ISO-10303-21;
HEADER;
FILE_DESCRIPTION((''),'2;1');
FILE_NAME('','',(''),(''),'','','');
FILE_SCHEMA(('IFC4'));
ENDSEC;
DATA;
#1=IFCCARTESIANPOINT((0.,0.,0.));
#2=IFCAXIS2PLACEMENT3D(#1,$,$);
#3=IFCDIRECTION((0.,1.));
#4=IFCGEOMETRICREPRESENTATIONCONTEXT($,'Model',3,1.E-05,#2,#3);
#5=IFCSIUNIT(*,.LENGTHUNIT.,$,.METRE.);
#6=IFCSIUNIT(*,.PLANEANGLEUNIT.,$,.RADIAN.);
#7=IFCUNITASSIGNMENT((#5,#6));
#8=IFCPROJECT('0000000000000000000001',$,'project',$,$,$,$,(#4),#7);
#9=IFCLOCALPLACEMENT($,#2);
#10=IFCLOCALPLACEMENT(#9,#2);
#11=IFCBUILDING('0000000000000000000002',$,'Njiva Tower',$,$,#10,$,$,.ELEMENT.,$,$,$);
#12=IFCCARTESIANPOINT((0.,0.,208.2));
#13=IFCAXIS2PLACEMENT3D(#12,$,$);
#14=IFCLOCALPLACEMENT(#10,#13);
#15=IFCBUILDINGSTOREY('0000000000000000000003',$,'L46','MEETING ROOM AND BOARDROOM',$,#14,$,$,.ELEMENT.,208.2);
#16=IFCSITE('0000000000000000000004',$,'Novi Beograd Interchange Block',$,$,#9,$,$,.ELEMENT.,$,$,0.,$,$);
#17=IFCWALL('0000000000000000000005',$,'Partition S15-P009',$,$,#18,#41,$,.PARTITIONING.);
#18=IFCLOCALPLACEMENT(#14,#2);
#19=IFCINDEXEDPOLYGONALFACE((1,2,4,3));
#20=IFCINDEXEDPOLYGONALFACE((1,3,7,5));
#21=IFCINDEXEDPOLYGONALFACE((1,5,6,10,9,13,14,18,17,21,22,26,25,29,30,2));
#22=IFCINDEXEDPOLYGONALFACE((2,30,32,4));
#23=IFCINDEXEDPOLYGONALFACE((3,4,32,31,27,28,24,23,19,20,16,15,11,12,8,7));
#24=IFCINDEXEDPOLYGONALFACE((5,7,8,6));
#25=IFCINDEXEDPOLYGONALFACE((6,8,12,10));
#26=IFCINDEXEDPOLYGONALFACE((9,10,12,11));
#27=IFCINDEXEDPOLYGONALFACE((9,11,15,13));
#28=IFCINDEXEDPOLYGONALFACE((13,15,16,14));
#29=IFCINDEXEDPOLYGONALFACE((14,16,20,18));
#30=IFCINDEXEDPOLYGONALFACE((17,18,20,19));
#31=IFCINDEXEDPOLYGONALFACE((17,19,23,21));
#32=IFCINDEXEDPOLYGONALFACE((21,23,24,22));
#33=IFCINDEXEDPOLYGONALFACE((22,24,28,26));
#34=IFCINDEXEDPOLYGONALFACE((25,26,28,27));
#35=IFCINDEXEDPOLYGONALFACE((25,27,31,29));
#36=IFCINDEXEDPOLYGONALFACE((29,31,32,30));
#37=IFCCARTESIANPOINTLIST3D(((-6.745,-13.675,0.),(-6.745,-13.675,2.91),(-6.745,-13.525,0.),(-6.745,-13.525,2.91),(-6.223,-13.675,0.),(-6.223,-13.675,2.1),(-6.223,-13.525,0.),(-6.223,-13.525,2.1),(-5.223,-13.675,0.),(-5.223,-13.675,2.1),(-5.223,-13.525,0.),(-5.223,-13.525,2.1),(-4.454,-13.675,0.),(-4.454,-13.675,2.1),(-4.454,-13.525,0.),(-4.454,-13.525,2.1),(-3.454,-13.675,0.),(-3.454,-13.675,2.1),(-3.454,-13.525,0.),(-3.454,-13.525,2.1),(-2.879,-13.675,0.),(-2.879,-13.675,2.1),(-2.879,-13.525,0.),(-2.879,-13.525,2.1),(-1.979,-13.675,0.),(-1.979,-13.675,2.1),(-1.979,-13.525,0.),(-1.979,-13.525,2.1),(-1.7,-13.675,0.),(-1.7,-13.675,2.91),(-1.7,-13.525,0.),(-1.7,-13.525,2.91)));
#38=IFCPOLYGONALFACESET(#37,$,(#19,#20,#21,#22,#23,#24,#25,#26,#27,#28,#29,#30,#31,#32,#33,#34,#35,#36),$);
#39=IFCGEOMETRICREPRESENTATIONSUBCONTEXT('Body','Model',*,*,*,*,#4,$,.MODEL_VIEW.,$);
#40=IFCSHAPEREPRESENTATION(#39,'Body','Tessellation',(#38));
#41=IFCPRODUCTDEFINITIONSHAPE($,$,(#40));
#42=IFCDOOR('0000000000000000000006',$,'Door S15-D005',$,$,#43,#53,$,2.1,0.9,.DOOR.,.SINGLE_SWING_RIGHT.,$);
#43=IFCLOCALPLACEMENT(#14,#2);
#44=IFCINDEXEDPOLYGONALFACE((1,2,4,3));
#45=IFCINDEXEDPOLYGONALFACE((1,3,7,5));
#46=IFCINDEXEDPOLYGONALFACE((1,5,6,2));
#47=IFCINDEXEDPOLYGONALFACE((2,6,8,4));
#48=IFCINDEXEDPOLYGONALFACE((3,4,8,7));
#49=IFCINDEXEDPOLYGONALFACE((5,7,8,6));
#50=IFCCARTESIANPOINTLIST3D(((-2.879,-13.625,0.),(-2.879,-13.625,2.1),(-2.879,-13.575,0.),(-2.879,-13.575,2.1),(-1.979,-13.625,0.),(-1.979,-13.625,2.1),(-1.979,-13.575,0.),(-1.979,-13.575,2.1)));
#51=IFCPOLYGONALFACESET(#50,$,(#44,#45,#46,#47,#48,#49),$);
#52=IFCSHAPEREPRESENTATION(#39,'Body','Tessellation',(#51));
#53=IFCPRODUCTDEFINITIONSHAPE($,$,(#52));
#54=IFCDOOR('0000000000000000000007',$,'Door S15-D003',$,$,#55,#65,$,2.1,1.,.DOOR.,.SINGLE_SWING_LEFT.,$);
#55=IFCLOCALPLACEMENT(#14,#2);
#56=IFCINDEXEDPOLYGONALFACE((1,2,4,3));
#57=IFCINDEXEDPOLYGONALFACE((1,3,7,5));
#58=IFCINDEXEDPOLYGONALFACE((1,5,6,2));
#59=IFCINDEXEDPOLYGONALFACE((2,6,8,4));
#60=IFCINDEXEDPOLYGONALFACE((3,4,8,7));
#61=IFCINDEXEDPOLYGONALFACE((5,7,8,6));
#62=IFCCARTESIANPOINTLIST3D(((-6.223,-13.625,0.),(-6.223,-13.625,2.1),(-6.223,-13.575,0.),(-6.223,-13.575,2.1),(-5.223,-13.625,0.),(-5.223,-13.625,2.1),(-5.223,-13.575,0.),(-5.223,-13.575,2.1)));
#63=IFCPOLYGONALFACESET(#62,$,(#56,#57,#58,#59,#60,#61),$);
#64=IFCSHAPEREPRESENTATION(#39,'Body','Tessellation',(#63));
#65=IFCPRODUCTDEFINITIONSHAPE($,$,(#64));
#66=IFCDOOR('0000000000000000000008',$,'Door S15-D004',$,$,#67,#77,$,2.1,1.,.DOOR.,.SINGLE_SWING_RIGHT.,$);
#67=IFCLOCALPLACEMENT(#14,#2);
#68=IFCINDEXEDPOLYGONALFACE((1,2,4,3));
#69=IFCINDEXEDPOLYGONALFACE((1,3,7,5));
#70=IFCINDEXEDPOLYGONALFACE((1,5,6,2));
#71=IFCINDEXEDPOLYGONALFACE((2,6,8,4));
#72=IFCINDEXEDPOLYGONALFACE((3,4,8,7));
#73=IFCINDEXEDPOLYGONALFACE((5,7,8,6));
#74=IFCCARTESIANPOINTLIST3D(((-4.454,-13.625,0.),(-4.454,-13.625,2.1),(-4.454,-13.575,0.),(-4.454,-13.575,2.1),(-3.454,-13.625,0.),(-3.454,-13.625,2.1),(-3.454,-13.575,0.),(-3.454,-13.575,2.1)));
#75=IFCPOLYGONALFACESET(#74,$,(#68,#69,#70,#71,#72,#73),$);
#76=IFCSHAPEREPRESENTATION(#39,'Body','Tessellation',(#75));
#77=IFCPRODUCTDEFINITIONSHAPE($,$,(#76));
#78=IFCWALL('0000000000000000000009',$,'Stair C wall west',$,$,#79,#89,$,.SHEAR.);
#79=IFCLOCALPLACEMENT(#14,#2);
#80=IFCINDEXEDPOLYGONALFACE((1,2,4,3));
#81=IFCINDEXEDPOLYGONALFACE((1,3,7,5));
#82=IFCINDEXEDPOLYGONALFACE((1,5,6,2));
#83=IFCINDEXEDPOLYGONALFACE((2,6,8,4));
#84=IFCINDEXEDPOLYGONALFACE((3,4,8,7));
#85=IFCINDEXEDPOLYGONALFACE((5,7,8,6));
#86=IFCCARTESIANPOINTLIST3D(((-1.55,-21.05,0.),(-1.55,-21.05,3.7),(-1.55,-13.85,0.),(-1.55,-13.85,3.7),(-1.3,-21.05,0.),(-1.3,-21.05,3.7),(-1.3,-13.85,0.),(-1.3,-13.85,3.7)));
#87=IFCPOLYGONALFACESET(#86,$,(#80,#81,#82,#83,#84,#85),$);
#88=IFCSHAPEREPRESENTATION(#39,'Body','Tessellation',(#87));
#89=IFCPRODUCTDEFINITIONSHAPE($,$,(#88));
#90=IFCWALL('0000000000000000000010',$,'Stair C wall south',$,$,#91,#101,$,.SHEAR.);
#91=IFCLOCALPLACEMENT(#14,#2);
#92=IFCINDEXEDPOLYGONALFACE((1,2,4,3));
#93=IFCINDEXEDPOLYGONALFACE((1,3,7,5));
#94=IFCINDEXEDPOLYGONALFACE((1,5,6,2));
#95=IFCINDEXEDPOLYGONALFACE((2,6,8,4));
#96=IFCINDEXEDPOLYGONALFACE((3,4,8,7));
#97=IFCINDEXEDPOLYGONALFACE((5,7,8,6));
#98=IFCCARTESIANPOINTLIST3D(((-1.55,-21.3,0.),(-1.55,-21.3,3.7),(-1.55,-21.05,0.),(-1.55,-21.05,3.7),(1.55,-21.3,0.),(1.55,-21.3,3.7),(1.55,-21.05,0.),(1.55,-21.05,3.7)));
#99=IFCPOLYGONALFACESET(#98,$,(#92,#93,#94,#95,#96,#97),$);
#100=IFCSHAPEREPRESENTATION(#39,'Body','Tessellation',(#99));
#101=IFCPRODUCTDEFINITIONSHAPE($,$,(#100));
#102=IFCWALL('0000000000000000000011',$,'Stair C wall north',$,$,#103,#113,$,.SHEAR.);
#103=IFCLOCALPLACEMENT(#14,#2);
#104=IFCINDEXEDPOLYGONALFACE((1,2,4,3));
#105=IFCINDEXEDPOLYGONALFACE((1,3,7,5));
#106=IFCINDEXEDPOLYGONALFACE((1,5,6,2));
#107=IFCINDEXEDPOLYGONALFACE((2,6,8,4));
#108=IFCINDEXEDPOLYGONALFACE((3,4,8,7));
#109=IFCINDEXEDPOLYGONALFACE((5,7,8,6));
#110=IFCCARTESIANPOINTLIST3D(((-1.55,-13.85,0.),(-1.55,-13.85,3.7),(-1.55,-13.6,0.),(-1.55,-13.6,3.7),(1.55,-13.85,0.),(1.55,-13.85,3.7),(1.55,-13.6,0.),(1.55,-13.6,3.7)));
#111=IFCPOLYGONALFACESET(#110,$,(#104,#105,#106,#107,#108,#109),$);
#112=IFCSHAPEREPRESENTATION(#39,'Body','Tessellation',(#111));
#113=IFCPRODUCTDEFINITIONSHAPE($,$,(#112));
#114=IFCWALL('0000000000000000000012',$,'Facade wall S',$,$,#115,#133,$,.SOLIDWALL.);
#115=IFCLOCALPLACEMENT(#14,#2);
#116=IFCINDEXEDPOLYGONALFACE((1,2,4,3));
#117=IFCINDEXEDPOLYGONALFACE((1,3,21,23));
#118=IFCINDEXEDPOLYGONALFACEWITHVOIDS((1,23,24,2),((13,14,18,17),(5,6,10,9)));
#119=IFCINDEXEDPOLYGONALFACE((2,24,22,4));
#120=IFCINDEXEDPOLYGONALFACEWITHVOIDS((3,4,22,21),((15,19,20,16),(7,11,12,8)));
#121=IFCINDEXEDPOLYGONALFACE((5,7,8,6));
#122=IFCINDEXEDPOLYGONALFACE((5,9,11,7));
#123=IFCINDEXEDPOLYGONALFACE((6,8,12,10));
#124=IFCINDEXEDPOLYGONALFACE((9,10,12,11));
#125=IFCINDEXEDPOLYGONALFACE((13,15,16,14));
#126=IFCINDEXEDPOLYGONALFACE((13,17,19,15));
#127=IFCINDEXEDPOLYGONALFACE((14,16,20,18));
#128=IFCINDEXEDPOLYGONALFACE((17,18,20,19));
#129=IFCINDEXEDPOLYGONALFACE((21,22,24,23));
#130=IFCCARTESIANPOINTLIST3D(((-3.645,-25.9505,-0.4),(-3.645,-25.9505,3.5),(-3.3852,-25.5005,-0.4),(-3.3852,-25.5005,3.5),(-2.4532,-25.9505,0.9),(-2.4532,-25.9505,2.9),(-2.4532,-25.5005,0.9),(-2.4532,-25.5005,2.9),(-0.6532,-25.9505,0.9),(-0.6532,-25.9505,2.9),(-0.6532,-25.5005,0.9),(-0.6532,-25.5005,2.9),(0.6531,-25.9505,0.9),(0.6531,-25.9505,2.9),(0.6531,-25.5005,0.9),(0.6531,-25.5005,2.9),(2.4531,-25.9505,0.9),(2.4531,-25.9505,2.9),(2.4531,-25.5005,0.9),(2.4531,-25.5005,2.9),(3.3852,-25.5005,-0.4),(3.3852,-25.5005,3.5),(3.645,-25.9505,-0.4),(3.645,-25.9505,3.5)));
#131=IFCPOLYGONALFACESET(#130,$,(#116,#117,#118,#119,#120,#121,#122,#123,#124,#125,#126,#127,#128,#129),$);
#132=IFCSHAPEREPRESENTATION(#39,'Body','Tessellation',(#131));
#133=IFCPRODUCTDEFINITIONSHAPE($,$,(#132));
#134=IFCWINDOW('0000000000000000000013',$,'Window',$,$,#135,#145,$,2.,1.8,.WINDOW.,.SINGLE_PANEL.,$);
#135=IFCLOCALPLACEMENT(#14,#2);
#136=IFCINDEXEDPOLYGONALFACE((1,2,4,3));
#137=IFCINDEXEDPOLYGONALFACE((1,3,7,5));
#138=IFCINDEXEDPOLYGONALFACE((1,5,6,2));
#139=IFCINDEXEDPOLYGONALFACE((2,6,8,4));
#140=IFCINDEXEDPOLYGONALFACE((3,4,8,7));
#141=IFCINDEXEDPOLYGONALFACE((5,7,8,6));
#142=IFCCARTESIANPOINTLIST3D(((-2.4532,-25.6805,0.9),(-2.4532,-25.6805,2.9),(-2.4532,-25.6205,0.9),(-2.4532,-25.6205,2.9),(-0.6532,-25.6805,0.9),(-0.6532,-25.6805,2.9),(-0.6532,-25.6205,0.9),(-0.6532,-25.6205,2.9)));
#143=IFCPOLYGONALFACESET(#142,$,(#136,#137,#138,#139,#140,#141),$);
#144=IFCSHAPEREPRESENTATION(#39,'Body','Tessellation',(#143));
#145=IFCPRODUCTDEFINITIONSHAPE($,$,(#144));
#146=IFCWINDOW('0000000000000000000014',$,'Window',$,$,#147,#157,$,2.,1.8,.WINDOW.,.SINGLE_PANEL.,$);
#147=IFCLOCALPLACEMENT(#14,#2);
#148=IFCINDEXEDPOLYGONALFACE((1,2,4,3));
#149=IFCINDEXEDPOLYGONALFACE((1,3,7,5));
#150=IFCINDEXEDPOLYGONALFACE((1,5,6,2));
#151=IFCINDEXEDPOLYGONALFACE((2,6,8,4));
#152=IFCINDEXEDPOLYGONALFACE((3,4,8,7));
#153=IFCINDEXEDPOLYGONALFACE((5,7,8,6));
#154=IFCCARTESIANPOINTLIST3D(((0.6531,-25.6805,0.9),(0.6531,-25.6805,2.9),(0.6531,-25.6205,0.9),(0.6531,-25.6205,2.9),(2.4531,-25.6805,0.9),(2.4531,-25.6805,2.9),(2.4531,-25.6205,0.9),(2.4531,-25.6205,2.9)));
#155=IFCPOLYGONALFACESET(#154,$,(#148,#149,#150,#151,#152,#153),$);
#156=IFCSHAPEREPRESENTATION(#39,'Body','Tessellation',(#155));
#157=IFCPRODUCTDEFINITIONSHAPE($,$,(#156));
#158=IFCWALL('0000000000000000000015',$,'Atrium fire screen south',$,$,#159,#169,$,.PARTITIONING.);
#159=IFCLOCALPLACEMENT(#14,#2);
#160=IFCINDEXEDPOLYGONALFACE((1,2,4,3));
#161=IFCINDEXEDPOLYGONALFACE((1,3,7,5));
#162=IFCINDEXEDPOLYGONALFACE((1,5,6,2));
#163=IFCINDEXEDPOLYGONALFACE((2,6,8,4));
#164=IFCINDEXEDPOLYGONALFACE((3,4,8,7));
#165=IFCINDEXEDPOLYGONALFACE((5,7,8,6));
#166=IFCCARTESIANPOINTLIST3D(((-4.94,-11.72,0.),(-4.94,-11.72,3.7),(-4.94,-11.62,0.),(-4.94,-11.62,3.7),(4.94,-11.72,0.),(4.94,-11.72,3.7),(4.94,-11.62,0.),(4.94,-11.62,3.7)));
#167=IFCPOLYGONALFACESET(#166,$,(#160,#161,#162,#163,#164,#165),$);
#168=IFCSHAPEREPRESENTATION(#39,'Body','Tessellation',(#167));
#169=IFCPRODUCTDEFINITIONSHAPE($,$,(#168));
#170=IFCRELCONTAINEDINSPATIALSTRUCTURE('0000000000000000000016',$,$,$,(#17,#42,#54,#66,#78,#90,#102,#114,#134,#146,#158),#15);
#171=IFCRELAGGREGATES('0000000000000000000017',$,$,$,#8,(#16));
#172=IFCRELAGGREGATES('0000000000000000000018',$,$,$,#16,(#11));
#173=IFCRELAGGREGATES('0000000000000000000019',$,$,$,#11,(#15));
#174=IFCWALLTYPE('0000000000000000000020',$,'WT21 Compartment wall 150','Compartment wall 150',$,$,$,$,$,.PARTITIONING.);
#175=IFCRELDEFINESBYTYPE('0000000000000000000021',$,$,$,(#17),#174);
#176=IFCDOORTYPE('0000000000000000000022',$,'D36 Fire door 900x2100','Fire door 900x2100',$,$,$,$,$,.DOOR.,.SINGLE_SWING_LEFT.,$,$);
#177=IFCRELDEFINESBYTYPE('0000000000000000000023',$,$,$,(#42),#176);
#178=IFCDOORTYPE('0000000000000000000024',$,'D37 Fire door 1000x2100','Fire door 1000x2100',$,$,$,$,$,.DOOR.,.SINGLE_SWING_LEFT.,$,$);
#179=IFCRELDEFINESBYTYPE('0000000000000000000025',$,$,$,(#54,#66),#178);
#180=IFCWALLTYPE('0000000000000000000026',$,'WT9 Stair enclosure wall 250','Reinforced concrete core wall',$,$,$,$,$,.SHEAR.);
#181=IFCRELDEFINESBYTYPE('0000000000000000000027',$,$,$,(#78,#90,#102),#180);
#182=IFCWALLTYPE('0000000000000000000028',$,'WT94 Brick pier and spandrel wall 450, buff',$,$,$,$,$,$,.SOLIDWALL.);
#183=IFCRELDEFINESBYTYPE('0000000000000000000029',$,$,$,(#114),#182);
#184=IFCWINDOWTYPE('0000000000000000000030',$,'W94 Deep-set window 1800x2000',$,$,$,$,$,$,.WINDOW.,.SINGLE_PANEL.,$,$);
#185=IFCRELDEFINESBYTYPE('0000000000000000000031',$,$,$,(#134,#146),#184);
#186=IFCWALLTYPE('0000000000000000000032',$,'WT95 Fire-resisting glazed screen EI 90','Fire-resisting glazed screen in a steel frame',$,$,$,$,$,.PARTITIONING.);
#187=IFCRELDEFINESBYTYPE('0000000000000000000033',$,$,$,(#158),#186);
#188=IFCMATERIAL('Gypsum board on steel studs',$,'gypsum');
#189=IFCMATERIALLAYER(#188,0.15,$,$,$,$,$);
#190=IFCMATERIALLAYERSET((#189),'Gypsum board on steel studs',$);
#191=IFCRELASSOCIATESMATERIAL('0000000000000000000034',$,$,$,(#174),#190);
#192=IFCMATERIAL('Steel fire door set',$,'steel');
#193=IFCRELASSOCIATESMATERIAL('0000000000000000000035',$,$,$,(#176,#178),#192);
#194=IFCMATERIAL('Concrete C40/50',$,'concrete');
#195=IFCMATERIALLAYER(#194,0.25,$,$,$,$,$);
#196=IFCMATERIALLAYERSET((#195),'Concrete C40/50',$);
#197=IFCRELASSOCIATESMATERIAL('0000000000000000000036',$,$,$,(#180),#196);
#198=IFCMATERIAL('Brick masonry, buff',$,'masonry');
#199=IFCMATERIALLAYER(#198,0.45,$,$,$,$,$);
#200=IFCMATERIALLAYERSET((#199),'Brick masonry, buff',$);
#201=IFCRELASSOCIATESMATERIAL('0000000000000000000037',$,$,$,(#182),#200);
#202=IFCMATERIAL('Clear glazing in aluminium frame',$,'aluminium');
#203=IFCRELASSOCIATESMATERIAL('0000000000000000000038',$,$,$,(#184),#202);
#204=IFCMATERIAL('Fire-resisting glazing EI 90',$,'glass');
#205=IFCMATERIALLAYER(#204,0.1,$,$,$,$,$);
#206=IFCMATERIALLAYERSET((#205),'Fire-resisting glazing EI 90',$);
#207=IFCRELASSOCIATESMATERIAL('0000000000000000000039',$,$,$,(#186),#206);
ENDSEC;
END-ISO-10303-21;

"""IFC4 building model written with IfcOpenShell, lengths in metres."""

from ifc_helpers import new_model, si_unit, direction, frame, frame_2d, origin, place, context, subcontext, project, spatial, polyline, rectangle, outline, extrude, material, layer, layer_set, type_object, element, fill, save


model = new_model("IFC4")

# Units and contexts
model_context = context("Model", 3, precision=1e-05, world=origin(), true_north=direction((0.0, 1.0)))
body_context = subcontext(model_context, "Body", "Model", "MODEL_VIEW")
ifc_project = project(units=[si_unit("LENGTHUNIT", "METRE"), si_unit("PLANEANGLEUNIT", "RADIAN")], contexts=[model_context])

# Site, building, storey
site_placement = place(None, origin())
site = spatial("IfcSite", under=ifc_project, at=site_placement, Name="Novi Beograd Interchange Block", CompositionType="ELEMENT", RefElevation=0.0)
building_placement = place(site_placement, origin())
building = spatial("IfcBuilding", under=site, at=building_placement, Name="Njiva Tower", CompositionType="ELEMENT")
storey_placement = place(building_placement, frame((0.0, 0.0, 208.2)))
storey = spatial("IfcBuildingStorey", under=building, at=storey_placement, Name="L46", Description="MEETING ROOM AND BOARDROOM", CompositionType="ELEMENT", Elevation=208.2)

# Shared definitions
ifc_material_1 = material(Name="Gypsum board on steel studs", Category="gypsum")
ifc_layer_1 = layer(ifc_material_1, 0.15)
ifc_layer_set_1 = layer_set([ifc_layer_1], Name="Gypsum board on steel studs")
wall_type_1 = type_object("IfcWallType", Name="WT21 Compartment wall 150", Description="Compartment wall 150", PredefinedType="PARTITIONING", material=ifc_layer_set_1)

# Wall, openings, doors
wall_1_placement = place(storey_placement, frame((-6.745, -13.6, 0.0), z_axis=(0.0, 0.0, 1.0), x_axis=(1.0, 0.0, 0.0)))
wall_1 = element("IfcWall", 1, at=wall_1_placement, inside=storey, type_object=wall_type_1, Name="Partition S15-P009", PredefinedType="PARTITIONING", context=body_context, shape_type="SweptSolid", body=[
    extrude(rectangle(XDim=5.045, YDim=0.15, at=frame_2d((2.5225, 0.0))), origin(), (0.0, 0.0, 1.0), 2.91),
])
opening_1_placement = place(wall_1_placement, frame((0.522, 0.0, 0.0)))
opening_1 = element("IfcOpeningElement", 2, at=opening_1_placement, cuts=wall_1, PredefinedType="OPENING", context=body_context, shape_type="SweptSolid", body=[
    extrude(rectangle(XDim=1.0, YDim=2.1, at=frame_2d((0.5, 1.05))), frame((0.0, 0.085, 0.0), z_axis=(0.0, -1.0, 0.0), x_axis=(1.0, 0.0, 0.0)), (0.0, 0.0, 1.0), 0.17),
])
opening_2_placement = place(wall_1_placement, frame((2.291, 0.0, 0.0)))
opening_2 = element("IfcOpeningElement", 3, at=opening_2_placement, cuts=wall_1, PredefinedType="OPENING", context=body_context, shape_type="SweptSolid", body=[
    extrude(rectangle(XDim=1.0, YDim=2.1, at=frame_2d((0.5, 1.05))), frame((0.0, 0.085, 0.0), z_axis=(0.0, -1.0, 0.0), x_axis=(1.0, 0.0, 0.0)), (0.0, 0.0, 1.0), 0.17),
])
opening_3_placement = place(wall_1_placement, frame((3.866, 0.0, 0.0)))
opening_3 = element("IfcOpeningElement", 4, at=opening_3_placement, cuts=wall_1, PredefinedType="OPENING", context=body_context, shape_type="SweptSolid", body=[
    extrude(rectangle(XDim=0.9, YDim=2.1, at=frame_2d((0.45, 1.05))), frame((0.0, 0.085, 0.0), z_axis=(0.0, -1.0, 0.0), x_axis=(1.0, 0.0, 0.0)), (0.0, 0.0, 1.0), 0.17),
])
ifc_material_2 = material(Name="Steel fire door set", Category="steel")
door_type_1 = type_object("IfcDoorType", Name="D36 Fire door 900x2100", Description="Fire door 900x2100", OperationType="SINGLE_SWING_LEFT", PredefinedType="DOOR", material=ifc_material_2)
door_1_placement = place(opening_3_placement, origin())
door_1 = element("IfcDoor", 5, at=door_1_placement, inside=storey, type_object=door_type_1, Name="Door S15-D005", OperationType="SINGLE_SWING_RIGHT", OverallHeight=2.1, OverallWidth=0.9, PredefinedType="DOOR", context=body_context, shape_type="SweptSolid", body=[
    extrude(rectangle(XDim=0.9, YDim=2.1, at=frame_2d((0.45, 1.05))), frame((0.0, 0.025, 0.0), z_axis=(0.0, -1.0, 0.0), x_axis=(1.0, 0.0, 0.0)), (0.0, 0.0, 1.0), 0.05),
])
fill(opening_3, door_1)
door_type_2 = type_object("IfcDoorType", Name="D37 Fire door 1000x2100", Description="Fire door 1000x2100", OperationType="SINGLE_SWING_LEFT", PredefinedType="DOOR", material=ifc_material_2)
door_2_placement = place(opening_1_placement, origin())
door_2 = element("IfcDoor", 6, at=door_2_placement, inside=storey, type_object=door_type_2, Name="Door S15-D003", OperationType="SINGLE_SWING_LEFT", OverallHeight=2.1, OverallWidth=1.0, PredefinedType="DOOR", context=body_context, shape_type="SweptSolid", body=[
    extrude(rectangle(XDim=1.0, YDim=2.1, at=frame_2d((0.5, 1.05))), frame((0.0, 0.025, 0.0), z_axis=(0.0, -1.0, 0.0), x_axis=(1.0, 0.0, 0.0)), (0.0, 0.0, 1.0), 0.05),
])
fill(opening_1, door_2)
door_3_placement = place(opening_2_placement, origin())
door_3 = element("IfcDoor", 7, at=door_3_placement, inside=storey, type_object=door_type_2, Name="Door S15-D004", OperationType="SINGLE_SWING_RIGHT", OverallHeight=2.1, OverallWidth=1.0, PredefinedType="DOOR", context=body_context, shape_type="SweptSolid", body=[
    extrude(rectangle(XDim=1.0, YDim=2.1, at=frame_2d((0.5, 1.05))), frame((0.0, 0.025, 0.0), z_axis=(0.0, -1.0, 0.0), x_axis=(1.0, 0.0, 0.0)), (0.0, 0.0, 1.0), 0.05),
])
fill(opening_2, door_3)

# Walls
ifc_material_3 = material(Name="Concrete C40/50", Category="concrete")
ifc_layer_2 = layer(ifc_material_3, 0.25)
ifc_layer_set_2 = layer_set([ifc_layer_2], Name="Concrete C40/50")
wall_type_2 = type_object("IfcWallType", Name="WT9 Stair enclosure wall 250", Description="Reinforced concrete core wall", PredefinedType="SHEAR", material=ifc_layer_set_2)
wall_2_placement = place(storey_placement, frame((-1.425, -21.05, 0.0), z_axis=(0.0, 0.0, 1.0), x_axis=(0.0, 1.0, 0.0)))
element("IfcWall", 8, at=wall_2_placement, inside=storey, type_object=wall_type_2, Name="Stair C wall west", PredefinedType="SHEAR", context=body_context, shape_type="SweptSolid", body=[
    extrude(rectangle(XDim=7.2, YDim=0.25, at=frame_2d((3.6, 0.0))), origin(), (0.0, 0.0, 1.0), 3.7),
])
for number, where, z_axis, x_axis, name in (
    (9, (-1.55, -21.175, 0.0), (0.0, 0.0, 1.0), (1.0, 0.0, 0.0), "Stair C wall south"),
    (10, (-1.55, -13.725, 0.0), (0.0, 0.0, 1.0), (1.0, 0.0, 0.0), "Stair C wall north"),
):
    element("IfcWall", number, at=place(storey_placement, frame(where, z_axis=z_axis, x_axis=x_axis)), inside=storey, type_object=wall_type_2, Name=name, PredefinedType="SHEAR", context=body_context, shape_type="SweptSolid", body=[
        extrude(rectangle(XDim=3.1, YDim=0.25, at=frame_2d((1.55, 0.0))), origin(), (0.0, 0.0, 1.0), 3.7),
    ])

# Wall, openings, windows
ifc_material_4 = material(Name="Brick masonry, buff", Category="masonry")
ifc_layer_3 = layer(ifc_material_4, 0.45)
ifc_layer_set_3 = layer_set([ifc_layer_3], Name="Brick masonry, buff")
wall_type_3 = type_object("IfcWallType", Name="WT94 Brick pier and spandrel wall 450, buff", PredefinedType="SOLIDWALL", material=ifc_layer_set_3)
wall_3_placement = place(storey_placement, frame((-3.5151, -25.7255, -0.4), z_axis=(0.0, 0.0, 1.0), x_axis=(1.0, 0.0, 0.0)))
wall_3 = element("IfcWall", 11, at=wall_3_placement, inside=storey, type_object=wall_type_3, Name="Facade wall S", PredefinedType="SOLIDWALL", context=body_context, shape_type="SweptSolid", body=[
    extrude(outline(polyline([(-0.1299, -0.225), (7.1601, -0.225), (6.9003, 0.225), (0.1299, 0.225), (-0.1299, -0.225)])), origin(), (0.0, 0.0, 1.0), 3.9),
])
opening_4_placement = place(wall_3_placement, frame((1.0619, 0.0, 1.3)))
opening_4 = element("IfcOpeningElement", 12, at=opening_4_placement, cuts=wall_3, PredefinedType="OPENING", context=body_context, shape_type="SweptSolid", body=[
    extrude(rectangle(XDim=1.8, YDim=2.0, at=frame_2d((0.9, 1.0))), frame((0.0, 0.235, 0.0), z_axis=(0.0, -1.0, 0.0), x_axis=(1.0, 0.0, 0.0)), (0.0, 0.0, 1.0), 0.47),
])
opening_5_placement = place(wall_3_placement, frame((4.1682, 0.0, 1.3)))
opening_5 = element("IfcOpeningElement", 13, at=opening_5_placement, cuts=wall_3, PredefinedType="OPENING", context=body_context, shape_type="SweptSolid", body=[
    extrude(rectangle(XDim=1.8, YDim=2.0, at=frame_2d((0.9, 1.0))), frame((0.0, 0.235, 0.0), z_axis=(0.0, -1.0, 0.0), x_axis=(1.0, 0.0, 0.0)), (0.0, 0.0, 1.0), 0.47),
])
ifc_material_5 = material(Name="Clear glazing in aluminium frame", Category="aluminium")
window_type = type_object("IfcWindowType", Name="W94 Deep-set window 1800x2000", PartitioningType="SINGLE_PANEL", PredefinedType="WINDOW", material=ifc_material_5)
window_1_placement = place(opening_4_placement, origin())
window_1 = element("IfcWindow", 14, at=window_1_placement, inside=storey, type_object=window_type, Name="Window", OverallHeight=2.0, OverallWidth=1.8, PartitioningType="SINGLE_PANEL", PredefinedType="WINDOW", context=body_context, shape_type="SweptSolid", body=[
    extrude(rectangle(XDim=1.8, YDim=2.0, at=frame_2d((0.9, 1.0))), frame((0.0, 0.105, 0.0), z_axis=(0.0, -1.0, 0.0), x_axis=(1.0, 0.0, 0.0)), (0.0, 0.0, 1.0), 0.06),
])
fill(opening_4, window_1)
window_2_placement = place(opening_5_placement, origin())
window_2 = element("IfcWindow", 15, at=window_2_placement, inside=storey, type_object=window_type, Name="Window", OverallHeight=2.0, OverallWidth=1.8, PartitioningType="SINGLE_PANEL", PredefinedType="WINDOW", context=body_context, shape_type="SweptSolid", body=[
    extrude(rectangle(XDim=1.8, YDim=2.0, at=frame_2d((0.9, 1.0))), frame((0.0, 0.105, 0.0), z_axis=(0.0, -1.0, 0.0), x_axis=(1.0, 0.0, 0.0)), (0.0, 0.0, 1.0), 0.06),
])
fill(opening_5, window_2)

# Wall
ifc_material_6 = material(Name="Fire-resisting glazing EI 90", Category="glass")
ifc_layer_4 = layer(ifc_material_6, 0.1)
ifc_layer_set_4 = layer_set([ifc_layer_4], Name="Fire-resisting glazing EI 90")
wall_type_4 = type_object("IfcWallType", Name="WT95 Fire-resisting glazed screen EI 90", Description="Fire-resisting glazed screen in a steel frame", PredefinedType="PARTITIONING", material=ifc_layer_set_4)
wall_4_placement = place(storey_placement, frame((-4.94, -11.67, 0.0), z_axis=(0.0, 0.0, 1.0), x_axis=(1.0, 0.0, 0.0)))
element("IfcWall", 16, at=wall_4_placement, inside=storey, type_object=wall_type_4, Name="Atrium fire screen south", PredefinedType="PARTITIONING", context=body_context, shape_type="SweptSolid", body=[
    extrude(rectangle(XDim=9.88, YDim=0.1, at=frame_2d((4.94, 0.0))), origin(), (0.0, 0.0, 1.0), 3.7),
])

save(model, "model.ifc")
